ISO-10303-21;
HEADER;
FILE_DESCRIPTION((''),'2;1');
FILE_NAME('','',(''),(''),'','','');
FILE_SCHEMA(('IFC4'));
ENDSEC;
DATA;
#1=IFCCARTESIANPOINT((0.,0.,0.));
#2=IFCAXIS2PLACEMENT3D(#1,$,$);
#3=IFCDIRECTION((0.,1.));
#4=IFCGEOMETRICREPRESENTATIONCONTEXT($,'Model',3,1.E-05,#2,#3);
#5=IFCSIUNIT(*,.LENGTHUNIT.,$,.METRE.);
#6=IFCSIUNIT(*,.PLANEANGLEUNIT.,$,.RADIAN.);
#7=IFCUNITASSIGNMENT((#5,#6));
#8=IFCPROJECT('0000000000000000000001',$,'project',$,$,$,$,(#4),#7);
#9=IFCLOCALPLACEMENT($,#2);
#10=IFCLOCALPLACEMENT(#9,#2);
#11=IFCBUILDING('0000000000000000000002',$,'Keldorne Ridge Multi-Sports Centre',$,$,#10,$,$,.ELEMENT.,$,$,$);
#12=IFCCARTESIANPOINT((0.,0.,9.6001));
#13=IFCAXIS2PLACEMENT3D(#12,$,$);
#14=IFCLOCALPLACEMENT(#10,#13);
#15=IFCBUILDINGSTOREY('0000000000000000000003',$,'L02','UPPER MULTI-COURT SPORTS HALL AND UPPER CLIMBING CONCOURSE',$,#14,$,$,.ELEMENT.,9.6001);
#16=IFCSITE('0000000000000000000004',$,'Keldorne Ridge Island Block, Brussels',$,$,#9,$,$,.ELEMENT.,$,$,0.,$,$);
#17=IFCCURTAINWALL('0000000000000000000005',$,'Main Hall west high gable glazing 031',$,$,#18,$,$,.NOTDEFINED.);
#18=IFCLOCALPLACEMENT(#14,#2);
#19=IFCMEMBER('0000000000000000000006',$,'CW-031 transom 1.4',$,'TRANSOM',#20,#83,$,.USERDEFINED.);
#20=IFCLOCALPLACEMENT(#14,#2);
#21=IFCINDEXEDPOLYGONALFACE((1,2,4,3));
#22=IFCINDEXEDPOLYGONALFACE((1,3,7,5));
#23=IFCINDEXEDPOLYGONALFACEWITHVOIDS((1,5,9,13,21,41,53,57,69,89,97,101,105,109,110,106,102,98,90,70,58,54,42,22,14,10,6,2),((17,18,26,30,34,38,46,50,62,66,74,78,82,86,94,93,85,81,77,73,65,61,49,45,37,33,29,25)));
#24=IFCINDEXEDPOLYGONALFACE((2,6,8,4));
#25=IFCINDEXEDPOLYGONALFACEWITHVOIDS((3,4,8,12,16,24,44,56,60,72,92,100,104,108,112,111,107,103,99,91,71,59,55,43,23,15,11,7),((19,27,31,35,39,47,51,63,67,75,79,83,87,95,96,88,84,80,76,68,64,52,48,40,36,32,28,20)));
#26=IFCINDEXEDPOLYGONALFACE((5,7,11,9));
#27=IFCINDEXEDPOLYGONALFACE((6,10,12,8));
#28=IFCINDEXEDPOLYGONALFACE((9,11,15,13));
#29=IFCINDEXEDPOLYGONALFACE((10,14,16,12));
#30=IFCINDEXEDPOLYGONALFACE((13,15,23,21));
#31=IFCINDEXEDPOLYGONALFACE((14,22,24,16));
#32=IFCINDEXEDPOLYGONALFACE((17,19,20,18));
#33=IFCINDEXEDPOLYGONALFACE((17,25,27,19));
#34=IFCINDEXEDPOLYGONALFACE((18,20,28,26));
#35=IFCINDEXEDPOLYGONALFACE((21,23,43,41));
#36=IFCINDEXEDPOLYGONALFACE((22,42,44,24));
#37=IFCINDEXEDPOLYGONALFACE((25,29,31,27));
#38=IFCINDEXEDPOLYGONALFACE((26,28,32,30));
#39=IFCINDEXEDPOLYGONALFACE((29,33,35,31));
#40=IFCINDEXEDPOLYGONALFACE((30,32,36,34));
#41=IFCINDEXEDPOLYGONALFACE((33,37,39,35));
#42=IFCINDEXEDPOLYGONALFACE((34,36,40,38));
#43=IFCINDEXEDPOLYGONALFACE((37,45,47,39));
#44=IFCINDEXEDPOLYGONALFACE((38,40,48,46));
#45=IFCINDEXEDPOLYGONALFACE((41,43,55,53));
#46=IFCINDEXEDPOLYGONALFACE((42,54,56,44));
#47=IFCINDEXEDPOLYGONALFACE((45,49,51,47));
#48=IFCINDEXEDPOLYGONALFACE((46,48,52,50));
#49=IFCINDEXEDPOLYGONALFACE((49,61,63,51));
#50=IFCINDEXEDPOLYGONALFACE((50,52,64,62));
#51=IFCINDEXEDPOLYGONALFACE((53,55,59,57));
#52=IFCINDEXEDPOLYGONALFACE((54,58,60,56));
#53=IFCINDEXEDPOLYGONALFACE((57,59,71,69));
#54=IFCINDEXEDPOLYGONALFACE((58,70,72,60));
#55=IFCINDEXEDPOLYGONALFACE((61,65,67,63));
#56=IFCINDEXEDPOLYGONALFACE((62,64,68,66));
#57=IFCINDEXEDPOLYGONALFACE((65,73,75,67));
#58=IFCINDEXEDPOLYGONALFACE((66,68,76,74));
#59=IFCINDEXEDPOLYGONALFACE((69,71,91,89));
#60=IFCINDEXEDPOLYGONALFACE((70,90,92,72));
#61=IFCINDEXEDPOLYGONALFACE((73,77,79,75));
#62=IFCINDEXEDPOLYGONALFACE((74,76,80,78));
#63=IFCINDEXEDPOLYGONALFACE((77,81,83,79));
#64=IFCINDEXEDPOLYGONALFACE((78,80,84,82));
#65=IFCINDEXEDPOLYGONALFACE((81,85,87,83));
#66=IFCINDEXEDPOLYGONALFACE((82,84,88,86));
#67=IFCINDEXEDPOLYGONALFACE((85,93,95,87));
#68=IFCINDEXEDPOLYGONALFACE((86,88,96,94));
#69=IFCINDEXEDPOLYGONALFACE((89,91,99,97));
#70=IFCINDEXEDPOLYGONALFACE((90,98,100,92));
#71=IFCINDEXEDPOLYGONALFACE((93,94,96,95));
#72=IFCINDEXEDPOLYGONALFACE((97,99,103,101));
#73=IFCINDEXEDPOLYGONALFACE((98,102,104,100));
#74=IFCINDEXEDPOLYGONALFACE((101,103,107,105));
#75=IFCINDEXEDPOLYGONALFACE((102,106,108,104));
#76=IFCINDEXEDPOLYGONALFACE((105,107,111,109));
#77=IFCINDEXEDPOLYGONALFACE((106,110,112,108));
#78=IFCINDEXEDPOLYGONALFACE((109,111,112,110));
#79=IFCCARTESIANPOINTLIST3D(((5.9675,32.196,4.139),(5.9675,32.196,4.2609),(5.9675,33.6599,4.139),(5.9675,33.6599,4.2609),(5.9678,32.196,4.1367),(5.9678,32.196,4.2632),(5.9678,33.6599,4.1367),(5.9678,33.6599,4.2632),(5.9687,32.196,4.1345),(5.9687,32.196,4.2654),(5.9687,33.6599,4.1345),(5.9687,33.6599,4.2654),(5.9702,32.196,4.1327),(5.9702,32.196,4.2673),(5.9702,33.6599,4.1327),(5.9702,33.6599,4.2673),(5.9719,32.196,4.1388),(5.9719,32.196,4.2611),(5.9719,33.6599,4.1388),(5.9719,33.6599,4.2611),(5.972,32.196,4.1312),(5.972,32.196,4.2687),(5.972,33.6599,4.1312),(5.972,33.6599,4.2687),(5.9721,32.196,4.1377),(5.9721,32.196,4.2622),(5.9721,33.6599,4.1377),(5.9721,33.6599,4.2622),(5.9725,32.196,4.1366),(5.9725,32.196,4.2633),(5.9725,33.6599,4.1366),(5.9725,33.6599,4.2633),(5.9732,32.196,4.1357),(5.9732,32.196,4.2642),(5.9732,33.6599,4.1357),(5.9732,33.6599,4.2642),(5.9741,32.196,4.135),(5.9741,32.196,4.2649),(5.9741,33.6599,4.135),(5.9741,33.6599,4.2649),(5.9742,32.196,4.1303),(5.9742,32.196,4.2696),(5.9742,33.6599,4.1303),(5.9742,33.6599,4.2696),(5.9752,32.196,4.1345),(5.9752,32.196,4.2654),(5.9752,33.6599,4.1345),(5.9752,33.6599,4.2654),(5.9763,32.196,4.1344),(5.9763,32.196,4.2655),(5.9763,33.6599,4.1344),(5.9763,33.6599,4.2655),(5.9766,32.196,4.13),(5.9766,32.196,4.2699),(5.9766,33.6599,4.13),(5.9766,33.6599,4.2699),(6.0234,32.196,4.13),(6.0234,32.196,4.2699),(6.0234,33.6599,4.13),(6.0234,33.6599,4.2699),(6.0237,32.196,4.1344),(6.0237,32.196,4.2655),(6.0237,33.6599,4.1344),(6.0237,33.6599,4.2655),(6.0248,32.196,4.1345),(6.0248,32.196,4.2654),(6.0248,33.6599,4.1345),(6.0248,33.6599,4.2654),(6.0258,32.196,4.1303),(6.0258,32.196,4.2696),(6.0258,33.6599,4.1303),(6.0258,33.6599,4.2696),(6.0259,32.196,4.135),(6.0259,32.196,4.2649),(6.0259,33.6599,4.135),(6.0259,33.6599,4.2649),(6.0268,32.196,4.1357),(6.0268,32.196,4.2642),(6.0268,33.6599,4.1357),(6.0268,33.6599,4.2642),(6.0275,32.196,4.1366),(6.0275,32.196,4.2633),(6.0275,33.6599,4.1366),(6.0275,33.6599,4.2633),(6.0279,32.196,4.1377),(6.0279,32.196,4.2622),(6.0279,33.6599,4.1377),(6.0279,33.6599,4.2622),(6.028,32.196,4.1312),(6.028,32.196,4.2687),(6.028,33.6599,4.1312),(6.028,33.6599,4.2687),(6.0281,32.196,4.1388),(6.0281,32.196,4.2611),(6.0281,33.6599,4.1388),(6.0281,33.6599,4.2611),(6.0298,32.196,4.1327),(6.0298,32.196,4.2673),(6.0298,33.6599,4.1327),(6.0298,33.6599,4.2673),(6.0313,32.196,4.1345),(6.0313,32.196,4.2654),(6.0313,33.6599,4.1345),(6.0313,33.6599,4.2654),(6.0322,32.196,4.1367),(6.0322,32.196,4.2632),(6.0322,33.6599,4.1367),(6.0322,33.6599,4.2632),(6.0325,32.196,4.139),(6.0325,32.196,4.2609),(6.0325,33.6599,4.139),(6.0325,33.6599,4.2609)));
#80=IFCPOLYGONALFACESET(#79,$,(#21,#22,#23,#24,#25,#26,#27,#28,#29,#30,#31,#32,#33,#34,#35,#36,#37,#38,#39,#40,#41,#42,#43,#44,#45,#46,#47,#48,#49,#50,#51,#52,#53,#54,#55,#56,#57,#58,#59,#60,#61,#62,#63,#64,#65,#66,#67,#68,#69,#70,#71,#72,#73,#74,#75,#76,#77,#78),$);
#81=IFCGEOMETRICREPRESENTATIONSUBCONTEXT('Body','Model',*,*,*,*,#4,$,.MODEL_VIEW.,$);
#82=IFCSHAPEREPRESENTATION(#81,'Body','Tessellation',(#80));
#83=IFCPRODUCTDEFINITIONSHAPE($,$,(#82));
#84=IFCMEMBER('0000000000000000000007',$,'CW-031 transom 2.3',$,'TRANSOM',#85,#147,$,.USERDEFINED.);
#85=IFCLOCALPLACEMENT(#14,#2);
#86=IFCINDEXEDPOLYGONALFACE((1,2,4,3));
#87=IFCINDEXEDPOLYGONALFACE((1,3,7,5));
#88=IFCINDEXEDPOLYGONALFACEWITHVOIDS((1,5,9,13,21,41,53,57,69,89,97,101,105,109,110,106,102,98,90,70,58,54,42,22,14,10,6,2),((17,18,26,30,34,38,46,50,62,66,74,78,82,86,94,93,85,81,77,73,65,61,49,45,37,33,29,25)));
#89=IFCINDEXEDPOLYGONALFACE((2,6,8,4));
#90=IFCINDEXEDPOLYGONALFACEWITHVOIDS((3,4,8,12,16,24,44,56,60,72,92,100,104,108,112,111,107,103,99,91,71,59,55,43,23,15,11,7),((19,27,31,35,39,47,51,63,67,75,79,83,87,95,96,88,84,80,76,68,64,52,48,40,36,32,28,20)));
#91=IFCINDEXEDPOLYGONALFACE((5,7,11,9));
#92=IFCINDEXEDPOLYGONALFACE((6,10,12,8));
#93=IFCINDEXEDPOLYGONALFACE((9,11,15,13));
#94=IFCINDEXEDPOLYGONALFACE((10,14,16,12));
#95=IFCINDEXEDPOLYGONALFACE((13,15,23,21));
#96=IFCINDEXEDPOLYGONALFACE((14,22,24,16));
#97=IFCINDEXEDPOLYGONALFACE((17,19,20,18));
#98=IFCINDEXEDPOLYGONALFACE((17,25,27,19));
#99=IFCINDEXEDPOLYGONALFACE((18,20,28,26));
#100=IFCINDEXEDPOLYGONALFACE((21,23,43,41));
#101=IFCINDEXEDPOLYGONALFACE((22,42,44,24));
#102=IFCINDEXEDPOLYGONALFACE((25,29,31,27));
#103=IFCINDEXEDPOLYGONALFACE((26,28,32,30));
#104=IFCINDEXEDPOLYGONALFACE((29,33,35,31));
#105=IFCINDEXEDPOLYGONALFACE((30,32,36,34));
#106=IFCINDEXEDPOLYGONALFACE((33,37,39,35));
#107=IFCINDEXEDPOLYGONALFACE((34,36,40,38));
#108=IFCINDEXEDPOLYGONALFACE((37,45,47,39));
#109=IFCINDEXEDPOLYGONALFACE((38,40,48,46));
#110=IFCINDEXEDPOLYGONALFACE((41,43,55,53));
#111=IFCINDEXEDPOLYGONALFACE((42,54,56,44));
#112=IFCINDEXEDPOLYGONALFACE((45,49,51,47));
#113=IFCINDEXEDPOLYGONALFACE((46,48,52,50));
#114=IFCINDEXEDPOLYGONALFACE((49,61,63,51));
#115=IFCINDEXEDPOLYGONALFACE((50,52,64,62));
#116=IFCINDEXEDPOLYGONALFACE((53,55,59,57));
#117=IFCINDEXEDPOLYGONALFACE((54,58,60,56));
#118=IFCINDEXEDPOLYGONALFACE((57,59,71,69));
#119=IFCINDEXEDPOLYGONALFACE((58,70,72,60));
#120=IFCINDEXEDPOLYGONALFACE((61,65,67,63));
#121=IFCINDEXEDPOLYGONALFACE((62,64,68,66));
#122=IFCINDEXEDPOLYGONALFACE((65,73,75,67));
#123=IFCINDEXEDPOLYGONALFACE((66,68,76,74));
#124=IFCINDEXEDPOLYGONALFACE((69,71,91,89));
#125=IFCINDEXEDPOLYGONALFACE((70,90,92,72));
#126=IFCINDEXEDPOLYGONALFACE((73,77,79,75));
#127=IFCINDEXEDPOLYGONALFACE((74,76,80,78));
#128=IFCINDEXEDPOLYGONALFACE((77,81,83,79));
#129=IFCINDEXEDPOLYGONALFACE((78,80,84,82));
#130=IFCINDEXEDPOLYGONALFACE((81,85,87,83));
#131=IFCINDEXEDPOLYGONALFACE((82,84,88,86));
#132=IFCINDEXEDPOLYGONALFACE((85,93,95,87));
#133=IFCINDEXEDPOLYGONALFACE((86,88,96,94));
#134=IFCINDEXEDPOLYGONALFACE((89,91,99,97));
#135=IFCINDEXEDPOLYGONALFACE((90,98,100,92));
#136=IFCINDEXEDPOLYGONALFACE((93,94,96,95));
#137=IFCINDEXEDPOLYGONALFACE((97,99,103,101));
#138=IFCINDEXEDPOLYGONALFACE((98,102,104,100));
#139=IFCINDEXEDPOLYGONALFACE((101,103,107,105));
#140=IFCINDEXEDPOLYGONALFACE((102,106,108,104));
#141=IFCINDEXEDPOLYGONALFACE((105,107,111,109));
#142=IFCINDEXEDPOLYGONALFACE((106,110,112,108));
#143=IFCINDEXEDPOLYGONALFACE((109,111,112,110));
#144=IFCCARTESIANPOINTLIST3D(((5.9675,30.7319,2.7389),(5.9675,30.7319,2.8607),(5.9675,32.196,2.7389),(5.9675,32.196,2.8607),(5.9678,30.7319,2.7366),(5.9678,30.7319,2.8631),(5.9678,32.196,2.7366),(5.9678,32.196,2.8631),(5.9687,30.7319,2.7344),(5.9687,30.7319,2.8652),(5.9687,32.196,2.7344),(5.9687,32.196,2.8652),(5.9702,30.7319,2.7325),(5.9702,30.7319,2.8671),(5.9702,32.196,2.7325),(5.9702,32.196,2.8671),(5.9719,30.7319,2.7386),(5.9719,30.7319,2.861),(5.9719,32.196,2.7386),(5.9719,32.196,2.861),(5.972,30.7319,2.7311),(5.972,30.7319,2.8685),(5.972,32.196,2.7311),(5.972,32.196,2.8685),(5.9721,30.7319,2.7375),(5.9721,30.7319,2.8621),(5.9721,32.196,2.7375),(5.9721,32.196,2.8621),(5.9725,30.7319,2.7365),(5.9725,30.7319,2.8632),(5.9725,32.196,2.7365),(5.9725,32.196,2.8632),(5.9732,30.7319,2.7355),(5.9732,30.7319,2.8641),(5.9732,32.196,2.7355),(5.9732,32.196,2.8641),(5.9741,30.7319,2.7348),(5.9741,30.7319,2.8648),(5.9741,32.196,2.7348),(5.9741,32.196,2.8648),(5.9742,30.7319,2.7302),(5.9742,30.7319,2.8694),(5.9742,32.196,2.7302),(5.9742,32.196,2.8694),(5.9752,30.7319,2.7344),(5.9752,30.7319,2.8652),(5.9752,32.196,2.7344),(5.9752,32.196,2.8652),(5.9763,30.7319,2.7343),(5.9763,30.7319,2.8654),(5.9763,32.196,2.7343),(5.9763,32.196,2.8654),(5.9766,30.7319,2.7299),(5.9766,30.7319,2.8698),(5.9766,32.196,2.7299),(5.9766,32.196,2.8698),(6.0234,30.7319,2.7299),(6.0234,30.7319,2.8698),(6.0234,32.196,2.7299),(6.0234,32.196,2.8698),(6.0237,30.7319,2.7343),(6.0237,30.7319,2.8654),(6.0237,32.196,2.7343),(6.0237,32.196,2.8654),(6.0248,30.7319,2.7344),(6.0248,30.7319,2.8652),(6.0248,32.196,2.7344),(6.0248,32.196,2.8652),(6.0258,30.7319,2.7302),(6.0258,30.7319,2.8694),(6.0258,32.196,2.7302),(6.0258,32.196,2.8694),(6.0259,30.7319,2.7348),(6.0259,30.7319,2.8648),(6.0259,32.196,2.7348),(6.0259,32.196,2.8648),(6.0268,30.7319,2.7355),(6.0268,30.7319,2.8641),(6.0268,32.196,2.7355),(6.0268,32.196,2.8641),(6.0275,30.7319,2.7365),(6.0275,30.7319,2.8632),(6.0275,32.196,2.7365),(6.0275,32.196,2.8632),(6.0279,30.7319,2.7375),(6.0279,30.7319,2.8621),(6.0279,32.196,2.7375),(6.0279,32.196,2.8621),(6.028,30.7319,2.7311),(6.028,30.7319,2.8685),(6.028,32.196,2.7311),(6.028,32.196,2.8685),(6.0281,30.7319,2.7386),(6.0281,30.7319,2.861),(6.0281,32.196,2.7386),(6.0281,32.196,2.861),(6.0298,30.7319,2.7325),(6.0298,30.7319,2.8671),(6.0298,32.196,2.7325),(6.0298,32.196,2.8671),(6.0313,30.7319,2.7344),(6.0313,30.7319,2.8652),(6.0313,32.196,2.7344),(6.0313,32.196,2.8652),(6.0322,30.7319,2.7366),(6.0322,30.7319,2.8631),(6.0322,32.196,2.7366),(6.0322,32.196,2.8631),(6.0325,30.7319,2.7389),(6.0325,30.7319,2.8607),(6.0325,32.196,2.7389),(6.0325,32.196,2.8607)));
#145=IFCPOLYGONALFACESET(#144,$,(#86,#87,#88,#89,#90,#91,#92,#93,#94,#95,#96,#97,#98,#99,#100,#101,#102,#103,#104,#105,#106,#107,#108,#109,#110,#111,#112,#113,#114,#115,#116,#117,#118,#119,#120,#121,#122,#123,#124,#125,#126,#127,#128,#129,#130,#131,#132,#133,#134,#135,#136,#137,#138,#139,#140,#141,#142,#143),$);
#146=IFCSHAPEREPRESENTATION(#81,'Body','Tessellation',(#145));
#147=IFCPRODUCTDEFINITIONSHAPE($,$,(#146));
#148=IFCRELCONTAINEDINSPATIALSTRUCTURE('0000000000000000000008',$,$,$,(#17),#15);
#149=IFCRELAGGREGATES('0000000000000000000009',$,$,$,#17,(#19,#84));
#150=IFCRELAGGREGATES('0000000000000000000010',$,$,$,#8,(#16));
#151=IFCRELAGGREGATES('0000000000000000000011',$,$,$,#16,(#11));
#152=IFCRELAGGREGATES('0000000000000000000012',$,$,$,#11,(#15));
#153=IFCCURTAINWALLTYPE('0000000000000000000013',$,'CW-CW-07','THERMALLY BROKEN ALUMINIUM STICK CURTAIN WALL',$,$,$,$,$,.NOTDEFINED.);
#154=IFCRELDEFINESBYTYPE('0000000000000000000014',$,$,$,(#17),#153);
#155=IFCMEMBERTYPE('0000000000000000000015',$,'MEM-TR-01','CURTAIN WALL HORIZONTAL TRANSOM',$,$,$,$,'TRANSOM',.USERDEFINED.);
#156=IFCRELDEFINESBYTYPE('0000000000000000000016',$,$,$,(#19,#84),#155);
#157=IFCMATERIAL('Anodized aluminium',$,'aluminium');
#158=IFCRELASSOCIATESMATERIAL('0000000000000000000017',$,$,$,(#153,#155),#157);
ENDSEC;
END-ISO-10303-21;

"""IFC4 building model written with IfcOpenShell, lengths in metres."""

from ifc_helpers import new_model, si_unit, direction, frame, origin, origin_2d, place, context, subcontext, project, spatial, hollow_rectangle, extrude, material, material_profile, profile_set, type_object, element, aggregate, save


model = new_model("IFC4")

# Units and contexts
model_context = context("Model", 3, precision=1e-05, world=origin(), true_north=direction((0.0, 1.0)))
body_context = subcontext(model_context, "Body", "Model", "MODEL_VIEW")
ifc_project = project(units=[si_unit("LENGTHUNIT", "METRE"), si_unit("PLANEANGLEUNIT", "RADIAN")], contexts=[model_context])

# Site, building, storey
site_placement = place(None, origin())
site = spatial("IfcSite", under=ifc_project, at=site_placement, Name="Keldorne Ridge Island Block, Brussels", CompositionType="ELEMENT", RefElevation=0.0)
building_placement = place(site_placement, origin())
building = spatial("IfcBuilding", under=site, at=building_placement, Name="Keldorne Ridge Multi-Sports Centre", CompositionType="ELEMENT")
storey_placement = place(building_placement, frame((0.0, 0.0, 9.6001)))
storey = spatial("IfcBuildingStorey", under=building, at=storey_placement, Name="L02", Description="UPPER MULTI-COURT SPORTS HALL AND UPPER CLIMBING CONCOURSE", CompositionType="ELEMENT", Elevation=9.6001)

# Curtain wall, members
ifc_material_1 = material(Name="Anodized aluminium", Category="aluminium")
curtain_wall_type_1 = type_object("IfcCurtainWallType", Name="CW-CW-07", Description="THERMALLY BROKEN ALUMINIUM STICK CURTAIN WALL", PredefinedType="NOTDEFINED", material=ifc_material_1)
curtain_wall_1_placement = place(storey_placement, origin())
curtain_wall_1 = element("IfcCurtainWall", 1, at=curtain_wall_1_placement, inside=storey, type_object=curtain_wall_type_1, Name="Main Hall west high gable glazing 031", PredefinedType="NOTDEFINED")
ifc_material_profile_1 = material_profile(ifc_material_1, hollow_rectangle(XDim=0.0649, YDim=0.1399, WallThickness=0.0044, InnerFilletRadius=0.0044, OuterFilletRadius=0.009, at=origin_2d()), Name="ALU TRANSOM 140x65x4.5")
ifc_profile_set_1 = profile_set([ifc_material_profile_1], Name="Anodized aluminium")
member_type_1 = type_object("IfcMemberType", Name="MEM-TR-01", Description="CURTAIN WALL HORIZONTAL TRANSOM", ElementType="TRANSOM", PredefinedType="USERDEFINED", material=ifc_profile_set_1)
member_1_placement = place(storey_placement, frame((6.0, 33.6599, 4.2), z_axis=(0.0, -1.0, 0.0), x_axis=(1.0, 0.0, 0.0)))
member_1 = element("IfcMember", 2, at=member_1_placement, type_object=member_type_1, Name="CW-031 transom 1.4", ObjectType="TRANSOM", PredefinedType="USERDEFINED", context=body_context, shape_type="SweptSolid", body=[
    extrude(hollow_rectangle(XDim=0.0649, YDim=0.1399, WallThickness=0.0044, InnerFilletRadius=0.0044, OuterFilletRadius=0.009, at=origin_2d()), origin(), (0.0, 0.0, 1.0), 1.4639),
])
member_2_placement = place(storey_placement, frame((6.0, 32.196, 2.7998), z_axis=(0.0, -1.0, 0.0), x_axis=(1.0, 0.0, 0.0)))
member_2 = element("IfcMember", 3, at=member_2_placement, type_object=member_type_1, Name="CW-031 transom 2.3", ObjectType="TRANSOM", PredefinedType="USERDEFINED", context=body_context, shape_type="SweptSolid", body=[
    extrude(hollow_rectangle(XDim=0.0649, YDim=0.1399, WallThickness=0.0044, InnerFilletRadius=0.0044, OuterFilletRadius=0.009, at=origin_2d()), origin(), (0.0, 0.0, 1.0), 1.4641),
])

aggregate(curtain_wall_1, [member_1, member_2])

save(model, "model.ifc")
